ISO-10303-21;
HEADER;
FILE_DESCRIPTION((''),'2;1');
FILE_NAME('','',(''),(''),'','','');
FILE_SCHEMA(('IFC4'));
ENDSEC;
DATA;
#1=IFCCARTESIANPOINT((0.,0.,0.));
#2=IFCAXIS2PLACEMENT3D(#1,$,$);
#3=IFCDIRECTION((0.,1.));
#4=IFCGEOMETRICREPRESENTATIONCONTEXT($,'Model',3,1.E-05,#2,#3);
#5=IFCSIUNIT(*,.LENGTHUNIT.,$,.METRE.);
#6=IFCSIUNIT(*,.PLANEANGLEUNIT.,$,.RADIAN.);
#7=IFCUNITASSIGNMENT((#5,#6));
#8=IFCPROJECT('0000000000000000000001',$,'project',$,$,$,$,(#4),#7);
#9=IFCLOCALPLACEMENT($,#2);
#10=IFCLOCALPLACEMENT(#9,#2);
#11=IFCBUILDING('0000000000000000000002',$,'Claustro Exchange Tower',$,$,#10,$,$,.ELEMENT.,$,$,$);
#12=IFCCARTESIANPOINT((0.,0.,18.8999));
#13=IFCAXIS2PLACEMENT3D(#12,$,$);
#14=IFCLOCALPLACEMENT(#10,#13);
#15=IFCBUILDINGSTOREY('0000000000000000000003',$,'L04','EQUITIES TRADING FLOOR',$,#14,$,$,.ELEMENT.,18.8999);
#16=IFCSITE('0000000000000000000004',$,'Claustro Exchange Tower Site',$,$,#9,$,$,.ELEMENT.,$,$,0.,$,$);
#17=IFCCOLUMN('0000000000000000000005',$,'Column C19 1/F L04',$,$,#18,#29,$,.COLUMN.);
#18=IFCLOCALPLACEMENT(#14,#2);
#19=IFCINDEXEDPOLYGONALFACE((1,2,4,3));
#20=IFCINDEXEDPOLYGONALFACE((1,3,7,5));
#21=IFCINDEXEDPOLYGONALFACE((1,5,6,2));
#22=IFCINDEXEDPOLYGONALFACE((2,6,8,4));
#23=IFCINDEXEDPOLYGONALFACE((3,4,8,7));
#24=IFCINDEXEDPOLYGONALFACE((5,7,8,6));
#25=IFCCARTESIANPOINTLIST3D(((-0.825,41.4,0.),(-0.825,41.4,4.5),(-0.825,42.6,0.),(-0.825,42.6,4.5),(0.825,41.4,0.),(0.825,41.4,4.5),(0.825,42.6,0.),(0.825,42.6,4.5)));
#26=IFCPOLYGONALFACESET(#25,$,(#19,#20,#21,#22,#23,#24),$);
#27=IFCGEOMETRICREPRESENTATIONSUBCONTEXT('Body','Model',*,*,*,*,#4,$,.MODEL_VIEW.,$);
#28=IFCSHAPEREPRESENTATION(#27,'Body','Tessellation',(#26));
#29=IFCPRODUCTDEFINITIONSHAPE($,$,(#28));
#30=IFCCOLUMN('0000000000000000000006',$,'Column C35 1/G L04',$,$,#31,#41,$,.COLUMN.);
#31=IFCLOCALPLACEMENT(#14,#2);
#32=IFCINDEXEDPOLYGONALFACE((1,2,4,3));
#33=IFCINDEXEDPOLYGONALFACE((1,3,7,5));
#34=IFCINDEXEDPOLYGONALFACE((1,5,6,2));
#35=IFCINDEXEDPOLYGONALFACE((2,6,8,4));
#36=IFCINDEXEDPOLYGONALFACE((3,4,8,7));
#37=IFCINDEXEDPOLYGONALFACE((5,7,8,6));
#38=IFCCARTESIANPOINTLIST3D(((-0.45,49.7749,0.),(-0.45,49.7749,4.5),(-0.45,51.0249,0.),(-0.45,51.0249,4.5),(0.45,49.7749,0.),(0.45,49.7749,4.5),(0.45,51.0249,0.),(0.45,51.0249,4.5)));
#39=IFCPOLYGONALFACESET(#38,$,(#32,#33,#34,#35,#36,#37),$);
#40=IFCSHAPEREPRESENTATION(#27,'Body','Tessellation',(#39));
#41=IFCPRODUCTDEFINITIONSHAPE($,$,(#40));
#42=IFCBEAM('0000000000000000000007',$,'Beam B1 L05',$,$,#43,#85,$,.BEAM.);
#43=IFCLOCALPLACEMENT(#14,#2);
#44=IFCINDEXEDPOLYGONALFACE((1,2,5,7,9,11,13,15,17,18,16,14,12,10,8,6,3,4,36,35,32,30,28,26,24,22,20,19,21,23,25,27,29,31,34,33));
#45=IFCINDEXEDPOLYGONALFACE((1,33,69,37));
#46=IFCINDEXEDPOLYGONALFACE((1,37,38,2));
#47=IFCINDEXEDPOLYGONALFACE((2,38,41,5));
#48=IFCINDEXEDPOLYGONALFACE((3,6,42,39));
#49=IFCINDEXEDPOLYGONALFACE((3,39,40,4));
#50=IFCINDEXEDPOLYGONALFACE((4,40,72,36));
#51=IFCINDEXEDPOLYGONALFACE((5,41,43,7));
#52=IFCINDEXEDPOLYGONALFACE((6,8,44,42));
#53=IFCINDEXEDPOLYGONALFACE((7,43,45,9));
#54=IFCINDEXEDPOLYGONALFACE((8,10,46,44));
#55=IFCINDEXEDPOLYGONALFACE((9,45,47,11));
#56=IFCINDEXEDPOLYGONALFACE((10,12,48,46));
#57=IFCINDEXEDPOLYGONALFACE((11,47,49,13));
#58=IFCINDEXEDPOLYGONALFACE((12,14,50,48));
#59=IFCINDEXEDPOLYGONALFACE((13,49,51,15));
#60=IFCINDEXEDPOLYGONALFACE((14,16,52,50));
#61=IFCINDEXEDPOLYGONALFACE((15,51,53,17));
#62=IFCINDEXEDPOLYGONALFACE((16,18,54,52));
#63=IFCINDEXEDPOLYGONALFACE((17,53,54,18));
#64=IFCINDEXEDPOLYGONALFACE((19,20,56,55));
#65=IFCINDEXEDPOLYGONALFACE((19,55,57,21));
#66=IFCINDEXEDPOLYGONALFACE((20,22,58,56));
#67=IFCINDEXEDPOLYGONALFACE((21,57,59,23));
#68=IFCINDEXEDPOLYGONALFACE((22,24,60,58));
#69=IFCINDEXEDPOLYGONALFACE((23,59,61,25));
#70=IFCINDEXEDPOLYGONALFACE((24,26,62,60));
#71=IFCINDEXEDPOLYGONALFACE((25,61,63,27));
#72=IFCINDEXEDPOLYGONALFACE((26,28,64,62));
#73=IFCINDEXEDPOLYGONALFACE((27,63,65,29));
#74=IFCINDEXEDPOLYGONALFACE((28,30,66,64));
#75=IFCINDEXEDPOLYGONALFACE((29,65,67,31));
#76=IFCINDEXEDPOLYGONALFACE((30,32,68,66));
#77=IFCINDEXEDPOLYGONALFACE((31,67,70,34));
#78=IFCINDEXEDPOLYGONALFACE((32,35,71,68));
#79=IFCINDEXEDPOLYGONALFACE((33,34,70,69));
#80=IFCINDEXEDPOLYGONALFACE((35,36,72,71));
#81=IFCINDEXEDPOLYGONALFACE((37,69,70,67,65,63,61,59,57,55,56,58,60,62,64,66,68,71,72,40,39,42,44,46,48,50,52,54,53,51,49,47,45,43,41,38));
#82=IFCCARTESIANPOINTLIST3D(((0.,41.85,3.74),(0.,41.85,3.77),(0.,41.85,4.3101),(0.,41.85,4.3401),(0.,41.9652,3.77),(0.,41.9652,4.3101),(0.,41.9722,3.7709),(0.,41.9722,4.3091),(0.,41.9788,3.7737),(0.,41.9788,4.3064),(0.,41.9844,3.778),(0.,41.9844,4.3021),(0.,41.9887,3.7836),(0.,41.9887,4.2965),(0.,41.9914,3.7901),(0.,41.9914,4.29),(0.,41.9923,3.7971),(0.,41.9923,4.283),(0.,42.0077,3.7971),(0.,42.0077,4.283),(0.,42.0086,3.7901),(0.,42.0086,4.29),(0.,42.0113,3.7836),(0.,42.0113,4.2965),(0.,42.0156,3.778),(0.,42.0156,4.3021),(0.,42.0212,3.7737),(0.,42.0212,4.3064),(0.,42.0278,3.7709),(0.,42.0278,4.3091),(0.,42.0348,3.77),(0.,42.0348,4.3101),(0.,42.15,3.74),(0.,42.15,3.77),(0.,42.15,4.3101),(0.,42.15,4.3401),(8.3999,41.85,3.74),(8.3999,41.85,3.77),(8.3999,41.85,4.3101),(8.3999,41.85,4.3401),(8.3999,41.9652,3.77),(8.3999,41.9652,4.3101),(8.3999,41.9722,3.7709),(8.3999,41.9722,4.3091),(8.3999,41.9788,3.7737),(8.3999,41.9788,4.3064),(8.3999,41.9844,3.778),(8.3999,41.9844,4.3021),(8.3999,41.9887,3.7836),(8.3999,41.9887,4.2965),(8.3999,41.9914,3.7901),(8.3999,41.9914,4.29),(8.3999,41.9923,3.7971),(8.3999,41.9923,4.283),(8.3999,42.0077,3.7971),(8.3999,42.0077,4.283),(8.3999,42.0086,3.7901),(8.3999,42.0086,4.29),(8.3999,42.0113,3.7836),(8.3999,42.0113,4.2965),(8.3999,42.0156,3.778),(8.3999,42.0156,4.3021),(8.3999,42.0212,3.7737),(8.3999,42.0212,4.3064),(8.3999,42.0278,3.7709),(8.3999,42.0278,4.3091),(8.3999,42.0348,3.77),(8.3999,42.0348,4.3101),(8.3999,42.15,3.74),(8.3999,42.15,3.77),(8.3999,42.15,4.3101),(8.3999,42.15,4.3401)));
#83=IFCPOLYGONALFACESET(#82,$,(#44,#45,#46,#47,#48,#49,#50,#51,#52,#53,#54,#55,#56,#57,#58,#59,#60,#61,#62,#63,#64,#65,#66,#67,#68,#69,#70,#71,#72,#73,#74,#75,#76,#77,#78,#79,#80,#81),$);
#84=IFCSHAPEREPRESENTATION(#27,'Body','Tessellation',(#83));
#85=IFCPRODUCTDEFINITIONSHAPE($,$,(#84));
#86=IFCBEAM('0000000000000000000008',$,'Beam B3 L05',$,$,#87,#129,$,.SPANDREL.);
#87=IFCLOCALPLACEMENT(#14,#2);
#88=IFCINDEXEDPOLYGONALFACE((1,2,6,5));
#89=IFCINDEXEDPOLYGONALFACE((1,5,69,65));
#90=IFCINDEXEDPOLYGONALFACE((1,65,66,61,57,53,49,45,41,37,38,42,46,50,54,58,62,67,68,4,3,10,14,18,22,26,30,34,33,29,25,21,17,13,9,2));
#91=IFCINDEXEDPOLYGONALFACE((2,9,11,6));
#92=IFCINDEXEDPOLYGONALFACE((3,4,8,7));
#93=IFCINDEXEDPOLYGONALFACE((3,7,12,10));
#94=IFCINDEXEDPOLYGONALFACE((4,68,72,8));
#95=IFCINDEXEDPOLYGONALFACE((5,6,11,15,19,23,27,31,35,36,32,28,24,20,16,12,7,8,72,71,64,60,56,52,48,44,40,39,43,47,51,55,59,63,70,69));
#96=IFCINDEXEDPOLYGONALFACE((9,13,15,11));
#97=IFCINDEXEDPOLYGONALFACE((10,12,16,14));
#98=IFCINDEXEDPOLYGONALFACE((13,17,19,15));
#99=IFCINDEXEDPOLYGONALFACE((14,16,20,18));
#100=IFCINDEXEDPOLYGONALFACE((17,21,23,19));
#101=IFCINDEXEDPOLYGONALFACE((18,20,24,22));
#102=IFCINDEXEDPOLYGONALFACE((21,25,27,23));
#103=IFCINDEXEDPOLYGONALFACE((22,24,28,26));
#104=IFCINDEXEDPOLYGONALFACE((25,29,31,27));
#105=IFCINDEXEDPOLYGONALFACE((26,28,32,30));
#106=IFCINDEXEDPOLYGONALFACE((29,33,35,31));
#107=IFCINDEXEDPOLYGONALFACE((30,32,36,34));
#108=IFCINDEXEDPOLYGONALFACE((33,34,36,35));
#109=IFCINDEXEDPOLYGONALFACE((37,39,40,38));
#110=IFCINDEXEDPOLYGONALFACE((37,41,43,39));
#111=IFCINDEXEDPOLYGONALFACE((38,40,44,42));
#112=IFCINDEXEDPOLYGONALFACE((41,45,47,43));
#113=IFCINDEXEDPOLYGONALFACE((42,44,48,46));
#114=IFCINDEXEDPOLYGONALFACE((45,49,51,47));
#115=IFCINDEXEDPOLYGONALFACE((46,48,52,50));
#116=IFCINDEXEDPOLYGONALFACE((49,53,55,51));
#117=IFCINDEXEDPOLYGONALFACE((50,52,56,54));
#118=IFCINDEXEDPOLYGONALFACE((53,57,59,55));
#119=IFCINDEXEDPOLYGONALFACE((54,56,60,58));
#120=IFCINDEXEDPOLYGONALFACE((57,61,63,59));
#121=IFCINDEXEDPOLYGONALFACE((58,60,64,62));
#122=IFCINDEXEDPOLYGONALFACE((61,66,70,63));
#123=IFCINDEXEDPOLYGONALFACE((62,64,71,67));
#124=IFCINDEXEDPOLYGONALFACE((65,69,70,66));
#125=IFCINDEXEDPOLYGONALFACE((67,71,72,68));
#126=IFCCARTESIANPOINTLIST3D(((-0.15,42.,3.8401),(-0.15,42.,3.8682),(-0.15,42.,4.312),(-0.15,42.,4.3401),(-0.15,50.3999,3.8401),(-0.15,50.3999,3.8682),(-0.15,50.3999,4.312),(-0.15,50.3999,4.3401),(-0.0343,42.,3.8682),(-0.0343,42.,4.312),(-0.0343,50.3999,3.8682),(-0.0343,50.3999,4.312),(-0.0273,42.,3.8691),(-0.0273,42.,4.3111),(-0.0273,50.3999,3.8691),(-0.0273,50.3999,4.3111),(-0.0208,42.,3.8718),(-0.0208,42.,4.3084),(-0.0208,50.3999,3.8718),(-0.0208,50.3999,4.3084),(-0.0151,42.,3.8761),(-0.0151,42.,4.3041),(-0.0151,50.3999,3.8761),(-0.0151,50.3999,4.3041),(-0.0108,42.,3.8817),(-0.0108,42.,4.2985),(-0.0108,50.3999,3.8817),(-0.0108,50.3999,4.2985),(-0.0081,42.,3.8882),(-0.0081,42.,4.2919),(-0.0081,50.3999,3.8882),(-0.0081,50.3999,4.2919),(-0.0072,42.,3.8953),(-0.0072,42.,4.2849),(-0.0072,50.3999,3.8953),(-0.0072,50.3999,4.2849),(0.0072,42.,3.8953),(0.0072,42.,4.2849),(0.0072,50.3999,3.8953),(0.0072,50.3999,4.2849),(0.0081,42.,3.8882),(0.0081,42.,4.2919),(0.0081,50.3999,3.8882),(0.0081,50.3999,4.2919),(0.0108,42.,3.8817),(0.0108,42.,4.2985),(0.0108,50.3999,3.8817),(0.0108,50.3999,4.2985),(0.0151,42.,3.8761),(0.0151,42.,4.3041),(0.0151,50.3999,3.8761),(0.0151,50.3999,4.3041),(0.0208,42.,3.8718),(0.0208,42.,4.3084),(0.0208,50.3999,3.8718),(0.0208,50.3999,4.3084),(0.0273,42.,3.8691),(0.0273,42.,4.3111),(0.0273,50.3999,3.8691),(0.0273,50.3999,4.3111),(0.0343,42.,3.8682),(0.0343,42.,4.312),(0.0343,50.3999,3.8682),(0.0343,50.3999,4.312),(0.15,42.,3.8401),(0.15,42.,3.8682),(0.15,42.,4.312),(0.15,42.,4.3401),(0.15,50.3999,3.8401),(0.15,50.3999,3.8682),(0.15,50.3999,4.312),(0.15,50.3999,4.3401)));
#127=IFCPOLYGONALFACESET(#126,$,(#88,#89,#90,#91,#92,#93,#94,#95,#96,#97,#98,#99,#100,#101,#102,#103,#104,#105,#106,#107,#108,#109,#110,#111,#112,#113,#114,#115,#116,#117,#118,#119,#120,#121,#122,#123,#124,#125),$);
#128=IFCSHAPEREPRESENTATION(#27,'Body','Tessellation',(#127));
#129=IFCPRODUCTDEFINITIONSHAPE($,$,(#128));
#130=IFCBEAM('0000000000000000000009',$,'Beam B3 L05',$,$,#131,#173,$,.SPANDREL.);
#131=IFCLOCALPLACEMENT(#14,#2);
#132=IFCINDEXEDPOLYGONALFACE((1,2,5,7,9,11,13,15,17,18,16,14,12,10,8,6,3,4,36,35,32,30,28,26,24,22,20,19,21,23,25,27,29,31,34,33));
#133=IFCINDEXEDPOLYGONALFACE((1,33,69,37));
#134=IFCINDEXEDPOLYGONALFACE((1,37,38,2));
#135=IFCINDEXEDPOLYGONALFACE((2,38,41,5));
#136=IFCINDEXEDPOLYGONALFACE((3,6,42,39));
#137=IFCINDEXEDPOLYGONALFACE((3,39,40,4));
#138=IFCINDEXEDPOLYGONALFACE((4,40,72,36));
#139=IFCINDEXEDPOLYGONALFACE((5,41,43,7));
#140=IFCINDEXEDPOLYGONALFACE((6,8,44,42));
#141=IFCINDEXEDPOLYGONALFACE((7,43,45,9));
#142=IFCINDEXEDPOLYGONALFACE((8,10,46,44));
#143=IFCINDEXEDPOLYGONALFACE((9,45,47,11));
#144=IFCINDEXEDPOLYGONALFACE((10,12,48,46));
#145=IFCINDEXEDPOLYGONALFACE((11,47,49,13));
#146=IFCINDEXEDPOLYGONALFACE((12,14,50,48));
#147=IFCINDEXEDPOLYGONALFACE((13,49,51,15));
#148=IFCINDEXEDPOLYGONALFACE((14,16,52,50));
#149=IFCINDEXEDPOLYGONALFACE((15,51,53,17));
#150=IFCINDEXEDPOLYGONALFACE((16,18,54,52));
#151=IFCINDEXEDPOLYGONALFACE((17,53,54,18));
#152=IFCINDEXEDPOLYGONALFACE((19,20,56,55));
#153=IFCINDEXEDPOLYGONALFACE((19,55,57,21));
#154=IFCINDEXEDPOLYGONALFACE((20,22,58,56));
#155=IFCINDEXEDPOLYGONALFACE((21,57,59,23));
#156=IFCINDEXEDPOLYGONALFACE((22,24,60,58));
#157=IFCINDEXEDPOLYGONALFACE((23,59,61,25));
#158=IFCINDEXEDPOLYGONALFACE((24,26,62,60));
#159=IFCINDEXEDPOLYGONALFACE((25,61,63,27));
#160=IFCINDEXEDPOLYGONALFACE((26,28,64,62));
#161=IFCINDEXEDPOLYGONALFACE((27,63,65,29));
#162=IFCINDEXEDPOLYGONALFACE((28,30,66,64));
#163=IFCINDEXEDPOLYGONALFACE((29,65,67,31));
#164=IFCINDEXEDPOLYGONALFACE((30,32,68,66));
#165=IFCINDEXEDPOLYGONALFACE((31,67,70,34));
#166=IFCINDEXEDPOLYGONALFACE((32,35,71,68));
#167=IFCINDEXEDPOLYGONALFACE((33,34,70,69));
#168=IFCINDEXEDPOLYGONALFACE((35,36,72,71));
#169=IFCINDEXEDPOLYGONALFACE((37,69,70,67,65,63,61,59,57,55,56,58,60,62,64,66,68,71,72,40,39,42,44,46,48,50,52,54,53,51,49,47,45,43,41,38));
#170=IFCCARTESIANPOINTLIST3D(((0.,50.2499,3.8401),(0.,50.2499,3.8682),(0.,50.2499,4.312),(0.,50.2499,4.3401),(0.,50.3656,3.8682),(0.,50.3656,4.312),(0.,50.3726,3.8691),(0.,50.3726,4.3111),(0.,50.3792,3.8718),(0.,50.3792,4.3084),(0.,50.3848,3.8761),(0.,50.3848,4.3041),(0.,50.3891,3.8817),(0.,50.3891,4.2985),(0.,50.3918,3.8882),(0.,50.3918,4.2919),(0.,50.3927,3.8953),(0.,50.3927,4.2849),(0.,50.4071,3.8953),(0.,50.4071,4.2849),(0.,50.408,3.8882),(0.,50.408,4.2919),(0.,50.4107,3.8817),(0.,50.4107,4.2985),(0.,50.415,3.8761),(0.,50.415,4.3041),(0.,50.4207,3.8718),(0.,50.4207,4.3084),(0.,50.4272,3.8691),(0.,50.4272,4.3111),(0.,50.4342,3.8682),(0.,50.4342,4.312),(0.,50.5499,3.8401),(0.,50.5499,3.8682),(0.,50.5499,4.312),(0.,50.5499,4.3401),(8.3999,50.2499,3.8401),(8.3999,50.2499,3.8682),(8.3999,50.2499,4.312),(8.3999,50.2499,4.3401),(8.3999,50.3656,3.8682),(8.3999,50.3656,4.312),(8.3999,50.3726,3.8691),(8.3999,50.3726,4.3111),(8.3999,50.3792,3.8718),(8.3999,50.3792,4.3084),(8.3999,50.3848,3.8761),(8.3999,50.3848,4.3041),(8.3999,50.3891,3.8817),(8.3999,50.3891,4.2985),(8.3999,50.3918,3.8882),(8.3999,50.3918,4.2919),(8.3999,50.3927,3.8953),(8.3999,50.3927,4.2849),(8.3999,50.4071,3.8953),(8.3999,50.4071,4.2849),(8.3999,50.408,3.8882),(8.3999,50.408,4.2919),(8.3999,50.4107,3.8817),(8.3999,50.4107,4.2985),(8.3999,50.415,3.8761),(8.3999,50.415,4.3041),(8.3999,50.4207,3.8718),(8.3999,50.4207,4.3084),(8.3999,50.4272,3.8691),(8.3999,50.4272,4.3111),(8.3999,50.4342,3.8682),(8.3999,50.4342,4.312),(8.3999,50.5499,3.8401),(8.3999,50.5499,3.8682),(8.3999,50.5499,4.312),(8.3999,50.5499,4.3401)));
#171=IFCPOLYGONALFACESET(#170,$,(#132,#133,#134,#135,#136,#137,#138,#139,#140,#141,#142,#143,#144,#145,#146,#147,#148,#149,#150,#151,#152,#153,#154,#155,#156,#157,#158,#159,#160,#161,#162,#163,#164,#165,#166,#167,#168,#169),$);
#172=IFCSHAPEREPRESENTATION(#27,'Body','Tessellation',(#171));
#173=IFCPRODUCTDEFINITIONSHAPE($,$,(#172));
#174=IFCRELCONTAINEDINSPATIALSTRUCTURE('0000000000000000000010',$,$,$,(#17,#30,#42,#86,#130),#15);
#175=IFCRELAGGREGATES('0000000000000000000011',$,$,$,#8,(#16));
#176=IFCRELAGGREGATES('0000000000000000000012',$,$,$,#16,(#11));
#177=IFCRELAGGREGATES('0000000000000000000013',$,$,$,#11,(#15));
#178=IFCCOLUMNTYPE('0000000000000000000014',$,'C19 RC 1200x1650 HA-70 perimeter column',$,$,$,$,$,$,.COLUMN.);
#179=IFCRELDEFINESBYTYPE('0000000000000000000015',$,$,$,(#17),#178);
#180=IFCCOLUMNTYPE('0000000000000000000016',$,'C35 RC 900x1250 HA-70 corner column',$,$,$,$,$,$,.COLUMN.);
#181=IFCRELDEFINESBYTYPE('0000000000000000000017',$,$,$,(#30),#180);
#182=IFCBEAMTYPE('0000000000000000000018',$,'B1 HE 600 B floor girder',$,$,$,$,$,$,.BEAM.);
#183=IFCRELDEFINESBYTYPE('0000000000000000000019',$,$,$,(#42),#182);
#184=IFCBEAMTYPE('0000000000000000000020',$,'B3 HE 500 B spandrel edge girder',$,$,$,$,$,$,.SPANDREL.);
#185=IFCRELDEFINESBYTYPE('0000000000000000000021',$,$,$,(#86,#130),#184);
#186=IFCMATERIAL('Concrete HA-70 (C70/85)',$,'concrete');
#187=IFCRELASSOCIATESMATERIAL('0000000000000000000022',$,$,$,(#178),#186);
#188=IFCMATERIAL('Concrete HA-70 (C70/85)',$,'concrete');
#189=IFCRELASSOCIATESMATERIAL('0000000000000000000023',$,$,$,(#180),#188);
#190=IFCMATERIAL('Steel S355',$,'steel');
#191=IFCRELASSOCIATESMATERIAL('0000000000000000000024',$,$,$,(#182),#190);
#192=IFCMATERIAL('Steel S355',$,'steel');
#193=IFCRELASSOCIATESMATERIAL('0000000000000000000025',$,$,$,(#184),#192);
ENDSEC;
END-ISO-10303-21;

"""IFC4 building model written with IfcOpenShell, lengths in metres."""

from ifc_helpers import new_model, si_unit, direction, frame, origin, origin_2d, place, context, subcontext, project, spatial, rectangle, i_section, extrude, material, material_profile, profile_set, type_object, element, save


model = new_model("IFC4")

# Units and contexts
model_context = context("Model", 3, precision=1e-05, world=origin(), true_north=direction((0.0, 1.0)))
body_context = subcontext(model_context, "Body", "Model", "MODEL_VIEW")
ifc_project = project(units=[si_unit("LENGTHUNIT", "METRE"), si_unit("PLANEANGLEUNIT", "RADIAN")], contexts=[model_context])

# Site, building, storey
site_placement = place(None, origin())
site = spatial("IfcSite", under=ifc_project, at=site_placement, Name="Claustro Exchange Tower Site", CompositionType="ELEMENT", RefElevation=0.0)
building_placement = place(site_placement, origin())
building = spatial("IfcBuilding", under=site, at=building_placement, Name="Claustro Exchange Tower", CompositionType="ELEMENT")
storey_placement = place(building_placement, frame((0.0, 0.0, 18.8999)))
storey = spatial("IfcBuildingStorey", under=building, at=storey_placement, Name="L04", Description="EQUITIES TRADING FLOOR", CompositionType="ELEMENT", Elevation=18.8999)

# Columns
ifc_material_1 = material(Name="Concrete HA-70 (C70/85)", Category="concrete")
ifc_material_profile_1 = material_profile(ifc_material_1, rectangle(XDim=1.2, YDim=1.6499, at=origin_2d()), Name="RC 1200x1650")
ifc_profile_set_1 = profile_set([ifc_material_profile_1], Name="Concrete HA-70 (C70/85)")
column_type_1 = type_object("IfcColumnType", Name="C19 RC 1200x1650 HA-70 perimeter column", PredefinedType="COLUMN", material=ifc_profile_set_1)
column_1_placement = place(storey_placement, frame((0.0, 42.0, 0.0), z_axis=(0.0, 0.0, 1.0), x_axis=(0.0, 1.0, 0.0)))
element("IfcColumn", 1, at=column_1_placement, inside=storey, type_object=column_type_1, Name="Column C19 1/F L04", PredefinedType="COLUMN", context=body_context, shape_type="SweptSolid", body=[
    extrude(rectangle(XDim=1.2, YDim=1.6499, at=origin_2d()), origin(), (0.0, 0.0, 1.0), 4.5),
])
ifc_material_2 = material(Name="Concrete HA-70 (C70/85)", Category="concrete")
ifc_material_profile_2 = material_profile(ifc_material_2, rectangle(XDim=0.8999, YDim=1.25, at=origin_2d()), Name="RC 900x1250")
ifc_profile_set_2 = profile_set([ifc_material_profile_2], Name="Concrete HA-70 (C70/85)")
column_type_2 = type_object("IfcColumnType", Name="C35 RC 900x1250 HA-70 corner column", PredefinedType="COLUMN", material=ifc_profile_set_2)
column_2_placement = place(storey_placement, frame((0.0, 50.3999, 0.0), z_axis=(0.0, 0.0, 1.0), x_axis=(1.0, 0.0, 0.0)))
element("IfcColumn", 2, at=column_2_placement, inside=storey, type_object=column_type_2, Name="Column C35 1/G L04", PredefinedType="COLUMN", context=body_context, shape_type="SweptSolid", body=[
    extrude(rectangle(XDim=0.8999, YDim=1.25, at=origin_2d()), origin(), (0.0, 0.0, 1.0), 4.5),
])

# Beams
ifc_material_3 = material(Name="Steel S355", Category="steel")
ifc_material_profile_3 = material_profile(ifc_material_3, i_section(OverallWidth=0.3, OverallDepth=0.6001, WebThickness=0.0154, FlangeThickness=0.03, FilletRadius=0.0271, at=origin_2d()), Name="HE 600 B")
ifc_profile_set_3 = profile_set([ifc_material_profile_3], Name="Steel S355")
beam_type_1 = type_object("IfcBeamType", Name="B1 HE 600 B floor girder", PredefinedType="BEAM", material=ifc_profile_set_3)
beam_placement = place(storey_placement, frame((0.0, 42.0, 4.04), z_axis=(1.0, 0.0, 0.0), x_axis=(0.0, 1.0, 0.0)))
element("IfcBeam", 3, at=beam_placement, inside=storey, type_object=beam_type_1, Name="Beam B1 L05", PredefinedType="BEAM", context=body_context, shape_type="SweptSolid", body=[
    extrude(i_section(OverallWidth=0.3, OverallDepth=0.6001, WebThickness=0.0154, FlangeThickness=0.03, FilletRadius=0.0271, at=origin_2d()), origin(), (0.0, 0.0, 1.0), 8.3999),
])
ifc_material_4 = material(Name="Steel S355", Category="steel")
ifc_material_profile_4 = material_profile(ifc_material_4, i_section(OverallWidth=0.3, OverallDepth=0.5, WebThickness=0.0144, FlangeThickness=0.0281, FilletRadius=0.0271, at=origin_2d()), Name="HE 500 B")
ifc_profile_set_4 = profile_set([ifc_material_profile_4], Name="Steel S355")
beam_type_2 = type_object("IfcBeamType", Name="B3 HE 500 B spandrel edge girder", PredefinedType="SPANDREL", material=ifc_profile_set_4)
for number, where, z_axis, x_axis, name in (
    (4, (0.0, 42.0, 4.0901), (0.0, 1.0, 0.0), (-1.0, 0.0, 0.0), "Beam B3 L05"),
    (5, (0.0, 50.3999, 4.0901), (1.0, 0.0, 0.0), (0.0, 1.0, 0.0), "Beam B3 L05"),
):
    element("IfcBeam", number, at=place(storey_placement, frame(where, z_axis=z_axis, x_axis=x_axis)), inside=storey, type_object=beam_type_2, Name=name, PredefinedType="SPANDREL", context=body_context, shape_type="SweptSolid", body=[
        extrude(i_section(OverallWidth=0.3, OverallDepth=0.5, WebThickness=0.0144, FlangeThickness=0.0281, FilletRadius=0.0271, at=origin_2d()), origin(), (0.0, 0.0, 1.0), 8.3999),
    ])

save(model, "model.ifc")
